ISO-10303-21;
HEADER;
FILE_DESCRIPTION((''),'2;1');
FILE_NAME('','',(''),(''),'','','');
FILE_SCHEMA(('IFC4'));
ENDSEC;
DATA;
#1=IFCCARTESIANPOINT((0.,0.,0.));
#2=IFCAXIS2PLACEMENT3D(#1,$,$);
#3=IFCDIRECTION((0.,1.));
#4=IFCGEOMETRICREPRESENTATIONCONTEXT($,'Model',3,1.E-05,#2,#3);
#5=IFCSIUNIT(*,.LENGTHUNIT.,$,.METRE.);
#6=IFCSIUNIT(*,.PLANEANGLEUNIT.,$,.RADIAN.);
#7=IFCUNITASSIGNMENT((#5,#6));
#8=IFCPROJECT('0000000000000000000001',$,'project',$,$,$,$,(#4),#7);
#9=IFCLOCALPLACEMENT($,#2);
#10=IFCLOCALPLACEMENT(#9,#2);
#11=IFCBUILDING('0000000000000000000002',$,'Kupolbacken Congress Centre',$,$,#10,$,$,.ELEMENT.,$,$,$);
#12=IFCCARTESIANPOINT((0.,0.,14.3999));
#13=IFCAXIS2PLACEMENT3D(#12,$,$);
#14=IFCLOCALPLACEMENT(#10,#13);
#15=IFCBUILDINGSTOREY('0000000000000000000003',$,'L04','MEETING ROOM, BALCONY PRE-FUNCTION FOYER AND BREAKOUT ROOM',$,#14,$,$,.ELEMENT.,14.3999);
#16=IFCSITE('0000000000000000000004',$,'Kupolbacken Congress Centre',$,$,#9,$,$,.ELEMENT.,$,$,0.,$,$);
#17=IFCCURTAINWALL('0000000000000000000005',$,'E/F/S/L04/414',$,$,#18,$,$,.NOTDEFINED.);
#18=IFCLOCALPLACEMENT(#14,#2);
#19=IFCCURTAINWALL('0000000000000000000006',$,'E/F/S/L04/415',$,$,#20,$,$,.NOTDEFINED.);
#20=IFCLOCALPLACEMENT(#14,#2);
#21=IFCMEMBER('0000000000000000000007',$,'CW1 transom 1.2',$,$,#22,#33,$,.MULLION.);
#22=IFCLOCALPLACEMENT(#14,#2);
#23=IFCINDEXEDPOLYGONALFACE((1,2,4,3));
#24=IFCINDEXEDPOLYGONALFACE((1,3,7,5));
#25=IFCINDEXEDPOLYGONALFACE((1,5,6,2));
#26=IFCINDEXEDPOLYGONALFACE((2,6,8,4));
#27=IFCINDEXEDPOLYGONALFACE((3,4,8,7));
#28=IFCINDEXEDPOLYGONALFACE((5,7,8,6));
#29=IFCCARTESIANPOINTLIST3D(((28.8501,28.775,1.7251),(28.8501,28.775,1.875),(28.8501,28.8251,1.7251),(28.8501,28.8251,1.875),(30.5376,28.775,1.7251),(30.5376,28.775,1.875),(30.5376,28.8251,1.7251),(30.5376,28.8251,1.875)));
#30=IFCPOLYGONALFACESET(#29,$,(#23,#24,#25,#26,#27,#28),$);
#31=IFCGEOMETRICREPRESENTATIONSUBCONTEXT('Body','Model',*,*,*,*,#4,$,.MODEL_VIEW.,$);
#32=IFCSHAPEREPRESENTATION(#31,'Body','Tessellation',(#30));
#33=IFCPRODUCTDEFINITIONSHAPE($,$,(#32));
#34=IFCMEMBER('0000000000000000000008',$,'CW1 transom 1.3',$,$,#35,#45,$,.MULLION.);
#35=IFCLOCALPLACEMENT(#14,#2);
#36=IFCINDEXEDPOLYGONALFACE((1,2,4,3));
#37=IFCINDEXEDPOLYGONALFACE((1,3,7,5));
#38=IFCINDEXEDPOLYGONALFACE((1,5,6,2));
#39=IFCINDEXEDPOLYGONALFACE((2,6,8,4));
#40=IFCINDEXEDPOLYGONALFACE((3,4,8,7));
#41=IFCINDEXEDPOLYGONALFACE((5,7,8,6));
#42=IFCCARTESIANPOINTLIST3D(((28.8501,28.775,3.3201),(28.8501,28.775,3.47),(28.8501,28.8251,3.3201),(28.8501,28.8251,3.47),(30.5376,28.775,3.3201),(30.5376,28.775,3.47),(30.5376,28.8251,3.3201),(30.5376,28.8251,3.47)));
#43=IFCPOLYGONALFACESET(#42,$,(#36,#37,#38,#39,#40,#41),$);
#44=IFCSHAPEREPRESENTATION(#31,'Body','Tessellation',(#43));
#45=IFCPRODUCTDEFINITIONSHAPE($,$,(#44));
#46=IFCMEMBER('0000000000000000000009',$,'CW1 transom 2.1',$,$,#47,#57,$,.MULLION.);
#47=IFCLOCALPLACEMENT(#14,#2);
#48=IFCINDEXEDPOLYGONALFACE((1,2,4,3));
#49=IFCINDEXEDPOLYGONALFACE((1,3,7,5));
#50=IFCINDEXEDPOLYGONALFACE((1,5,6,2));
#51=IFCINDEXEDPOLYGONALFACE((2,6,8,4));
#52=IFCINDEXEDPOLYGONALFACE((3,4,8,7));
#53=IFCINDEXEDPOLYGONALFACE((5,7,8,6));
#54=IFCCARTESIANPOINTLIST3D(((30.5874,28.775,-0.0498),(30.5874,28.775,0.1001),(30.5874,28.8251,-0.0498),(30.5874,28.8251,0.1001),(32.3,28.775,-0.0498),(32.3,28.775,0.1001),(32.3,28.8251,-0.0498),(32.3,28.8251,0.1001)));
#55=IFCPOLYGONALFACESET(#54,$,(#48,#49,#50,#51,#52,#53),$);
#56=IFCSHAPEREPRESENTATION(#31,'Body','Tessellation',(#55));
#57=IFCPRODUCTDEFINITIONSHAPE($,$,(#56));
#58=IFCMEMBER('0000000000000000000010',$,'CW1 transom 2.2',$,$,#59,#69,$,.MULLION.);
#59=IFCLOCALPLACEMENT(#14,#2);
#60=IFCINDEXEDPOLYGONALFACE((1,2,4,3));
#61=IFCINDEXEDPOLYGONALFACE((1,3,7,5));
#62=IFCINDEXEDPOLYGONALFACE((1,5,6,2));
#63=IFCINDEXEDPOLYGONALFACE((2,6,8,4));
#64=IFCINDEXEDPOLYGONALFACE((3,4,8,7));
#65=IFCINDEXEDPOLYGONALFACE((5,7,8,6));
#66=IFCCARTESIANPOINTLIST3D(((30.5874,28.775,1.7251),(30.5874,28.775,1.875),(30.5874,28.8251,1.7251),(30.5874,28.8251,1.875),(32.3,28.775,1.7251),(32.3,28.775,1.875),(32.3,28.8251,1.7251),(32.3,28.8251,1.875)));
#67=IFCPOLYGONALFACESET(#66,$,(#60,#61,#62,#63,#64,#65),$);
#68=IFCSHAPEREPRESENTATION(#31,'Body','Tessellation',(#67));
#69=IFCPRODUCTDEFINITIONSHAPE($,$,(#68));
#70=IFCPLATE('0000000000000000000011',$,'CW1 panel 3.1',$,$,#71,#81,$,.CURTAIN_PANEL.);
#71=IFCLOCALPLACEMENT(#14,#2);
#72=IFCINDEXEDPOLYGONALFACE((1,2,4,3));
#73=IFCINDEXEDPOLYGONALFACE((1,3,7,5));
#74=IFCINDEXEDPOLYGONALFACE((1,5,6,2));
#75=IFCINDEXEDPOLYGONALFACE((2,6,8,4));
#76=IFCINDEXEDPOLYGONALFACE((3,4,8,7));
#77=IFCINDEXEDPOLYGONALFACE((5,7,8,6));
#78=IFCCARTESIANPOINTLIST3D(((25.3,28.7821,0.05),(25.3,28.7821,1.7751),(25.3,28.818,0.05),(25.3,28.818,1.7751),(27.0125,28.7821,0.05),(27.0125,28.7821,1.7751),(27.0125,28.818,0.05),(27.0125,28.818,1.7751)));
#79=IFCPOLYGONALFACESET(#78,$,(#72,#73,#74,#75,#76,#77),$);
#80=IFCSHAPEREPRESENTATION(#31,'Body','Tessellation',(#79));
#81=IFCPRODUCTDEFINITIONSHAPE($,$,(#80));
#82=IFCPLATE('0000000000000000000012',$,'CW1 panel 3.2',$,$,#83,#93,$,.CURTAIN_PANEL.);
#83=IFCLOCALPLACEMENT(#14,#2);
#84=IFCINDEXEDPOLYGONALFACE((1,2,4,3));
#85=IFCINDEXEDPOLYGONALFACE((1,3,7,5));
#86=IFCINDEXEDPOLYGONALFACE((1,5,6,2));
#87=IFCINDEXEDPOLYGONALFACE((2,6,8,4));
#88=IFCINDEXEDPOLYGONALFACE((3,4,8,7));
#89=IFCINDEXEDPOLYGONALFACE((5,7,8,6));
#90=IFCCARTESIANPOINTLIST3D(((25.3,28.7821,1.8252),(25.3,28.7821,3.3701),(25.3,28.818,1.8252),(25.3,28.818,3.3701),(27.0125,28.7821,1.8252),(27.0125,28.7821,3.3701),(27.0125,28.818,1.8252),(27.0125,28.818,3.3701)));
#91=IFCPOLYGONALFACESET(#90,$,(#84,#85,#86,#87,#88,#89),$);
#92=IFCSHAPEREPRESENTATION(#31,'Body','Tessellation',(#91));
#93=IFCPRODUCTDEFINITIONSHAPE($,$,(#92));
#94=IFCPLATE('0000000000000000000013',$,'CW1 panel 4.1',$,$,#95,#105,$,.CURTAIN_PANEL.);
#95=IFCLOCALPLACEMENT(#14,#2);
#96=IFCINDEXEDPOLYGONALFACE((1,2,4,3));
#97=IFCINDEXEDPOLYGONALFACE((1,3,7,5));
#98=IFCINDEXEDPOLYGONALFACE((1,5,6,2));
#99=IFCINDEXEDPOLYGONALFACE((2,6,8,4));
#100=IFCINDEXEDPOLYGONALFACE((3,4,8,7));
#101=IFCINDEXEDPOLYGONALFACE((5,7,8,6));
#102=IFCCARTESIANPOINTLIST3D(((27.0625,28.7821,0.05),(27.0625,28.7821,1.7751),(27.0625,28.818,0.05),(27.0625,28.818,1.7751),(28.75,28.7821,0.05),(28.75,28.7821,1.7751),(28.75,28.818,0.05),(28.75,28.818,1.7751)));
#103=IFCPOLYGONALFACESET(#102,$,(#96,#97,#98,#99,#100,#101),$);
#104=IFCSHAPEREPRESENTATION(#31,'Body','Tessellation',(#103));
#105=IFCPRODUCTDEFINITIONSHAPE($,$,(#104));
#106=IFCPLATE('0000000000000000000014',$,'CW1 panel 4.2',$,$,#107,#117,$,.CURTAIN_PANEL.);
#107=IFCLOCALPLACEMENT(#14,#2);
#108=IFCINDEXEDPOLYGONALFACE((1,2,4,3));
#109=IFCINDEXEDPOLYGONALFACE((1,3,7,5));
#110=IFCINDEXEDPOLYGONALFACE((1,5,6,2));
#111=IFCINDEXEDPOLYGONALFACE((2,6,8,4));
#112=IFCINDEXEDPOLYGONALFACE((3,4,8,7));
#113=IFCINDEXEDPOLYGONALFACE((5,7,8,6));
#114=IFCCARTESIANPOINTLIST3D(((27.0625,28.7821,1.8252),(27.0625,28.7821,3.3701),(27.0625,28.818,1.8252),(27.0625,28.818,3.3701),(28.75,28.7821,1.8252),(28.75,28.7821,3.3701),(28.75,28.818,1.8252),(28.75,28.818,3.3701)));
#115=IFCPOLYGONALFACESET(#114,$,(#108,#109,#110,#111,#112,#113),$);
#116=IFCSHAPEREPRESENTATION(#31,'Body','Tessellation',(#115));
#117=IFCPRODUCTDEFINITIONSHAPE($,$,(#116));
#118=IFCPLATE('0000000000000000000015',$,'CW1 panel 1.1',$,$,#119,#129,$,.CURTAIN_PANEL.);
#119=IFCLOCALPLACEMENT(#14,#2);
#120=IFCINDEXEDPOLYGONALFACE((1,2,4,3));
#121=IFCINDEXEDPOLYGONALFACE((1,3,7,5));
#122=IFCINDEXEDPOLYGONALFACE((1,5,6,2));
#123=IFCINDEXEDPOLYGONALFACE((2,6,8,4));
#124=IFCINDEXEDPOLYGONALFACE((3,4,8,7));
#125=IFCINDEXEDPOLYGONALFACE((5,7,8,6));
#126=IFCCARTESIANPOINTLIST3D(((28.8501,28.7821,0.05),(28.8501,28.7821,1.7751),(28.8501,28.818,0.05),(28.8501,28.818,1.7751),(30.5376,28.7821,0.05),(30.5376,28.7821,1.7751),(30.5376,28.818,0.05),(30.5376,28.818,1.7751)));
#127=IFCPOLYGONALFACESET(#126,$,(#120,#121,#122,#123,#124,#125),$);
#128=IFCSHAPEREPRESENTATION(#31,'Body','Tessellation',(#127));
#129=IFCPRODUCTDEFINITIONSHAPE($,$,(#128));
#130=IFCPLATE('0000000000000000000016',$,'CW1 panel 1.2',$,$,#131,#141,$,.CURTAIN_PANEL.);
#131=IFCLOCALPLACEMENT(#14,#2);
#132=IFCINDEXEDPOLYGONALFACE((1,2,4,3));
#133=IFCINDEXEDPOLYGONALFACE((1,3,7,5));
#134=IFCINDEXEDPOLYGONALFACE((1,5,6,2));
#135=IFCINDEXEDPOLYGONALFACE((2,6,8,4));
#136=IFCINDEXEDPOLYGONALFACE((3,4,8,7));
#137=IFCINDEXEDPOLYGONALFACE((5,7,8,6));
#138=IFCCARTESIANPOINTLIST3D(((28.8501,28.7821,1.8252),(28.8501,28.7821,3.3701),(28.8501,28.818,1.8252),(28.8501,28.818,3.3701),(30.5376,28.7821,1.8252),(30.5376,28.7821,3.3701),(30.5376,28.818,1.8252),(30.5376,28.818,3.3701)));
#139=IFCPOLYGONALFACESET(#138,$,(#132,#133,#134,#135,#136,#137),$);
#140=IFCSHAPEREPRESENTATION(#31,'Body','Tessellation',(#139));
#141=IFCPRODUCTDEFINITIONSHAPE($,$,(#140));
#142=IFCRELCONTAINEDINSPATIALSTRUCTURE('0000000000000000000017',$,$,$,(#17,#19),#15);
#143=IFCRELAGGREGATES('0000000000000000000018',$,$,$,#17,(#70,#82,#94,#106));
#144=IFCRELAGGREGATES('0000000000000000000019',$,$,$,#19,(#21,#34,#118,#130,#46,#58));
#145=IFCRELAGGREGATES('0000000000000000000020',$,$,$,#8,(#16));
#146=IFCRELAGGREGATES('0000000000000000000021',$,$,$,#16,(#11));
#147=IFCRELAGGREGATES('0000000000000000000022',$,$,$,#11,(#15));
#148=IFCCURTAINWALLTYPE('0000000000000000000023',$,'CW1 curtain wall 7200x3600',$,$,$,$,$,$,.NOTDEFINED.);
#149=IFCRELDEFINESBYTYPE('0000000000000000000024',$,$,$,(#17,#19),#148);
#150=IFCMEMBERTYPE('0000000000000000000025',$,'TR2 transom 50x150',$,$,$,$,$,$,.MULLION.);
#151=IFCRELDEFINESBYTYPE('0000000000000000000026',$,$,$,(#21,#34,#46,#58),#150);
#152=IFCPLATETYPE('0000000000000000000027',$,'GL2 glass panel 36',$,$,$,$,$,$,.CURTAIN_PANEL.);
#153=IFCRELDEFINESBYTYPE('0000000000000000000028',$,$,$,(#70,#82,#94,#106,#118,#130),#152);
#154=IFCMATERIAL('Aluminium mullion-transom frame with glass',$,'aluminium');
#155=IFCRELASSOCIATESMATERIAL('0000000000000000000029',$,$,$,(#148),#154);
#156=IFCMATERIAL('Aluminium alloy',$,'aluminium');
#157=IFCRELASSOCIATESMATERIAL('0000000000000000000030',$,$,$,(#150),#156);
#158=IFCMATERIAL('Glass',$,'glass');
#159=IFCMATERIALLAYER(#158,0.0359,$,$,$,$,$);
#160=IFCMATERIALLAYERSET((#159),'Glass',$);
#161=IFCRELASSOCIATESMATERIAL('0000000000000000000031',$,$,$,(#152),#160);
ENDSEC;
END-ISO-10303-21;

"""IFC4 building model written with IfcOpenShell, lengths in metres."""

from ifc_helpers import new_model, si_unit, direction, frame, origin, origin_2d, place, context, subcontext, project, spatial, rectangle, extrude, material, layer, layer_set, material_profile, profile_set, type_object, element, aggregate, save


model = new_model("IFC4")

# Units and contexts
model_context = context("Model", 3, precision=1e-05, world=origin(), true_north=direction((0.0, 1.0)))
body_context = subcontext(model_context, "Body", "Model", "MODEL_VIEW")
ifc_project = project(units=[si_unit("LENGTHUNIT", "METRE"), si_unit("PLANEANGLEUNIT", "RADIAN")], contexts=[model_context])

# Site, building, storey
site_placement = place(None, origin())
site = spatial("IfcSite", under=ifc_project, at=site_placement, Name="Kupolbacken Congress Centre", CompositionType="ELEMENT", RefElevation=0.0)
building_placement = place(site_placement, origin())
building = spatial("IfcBuilding", under=site, at=building_placement, Name="Kupolbacken Congress Centre", CompositionType="ELEMENT")
storey_placement = place(building_placement, frame((0.0, 0.0, 14.3999)))
storey = spatial("IfcBuildingStorey", under=building, at=storey_placement, Name="L04", Description="MEETING ROOM, BALCONY PRE-FUNCTION FOYER AND BREAKOUT ROOM", CompositionType="ELEMENT", Elevation=14.3999)

# Curtain walls
ifc_material_1 = material(Name="Aluminium mullion-transom frame with glass", Category="aluminium")
curtain_wall_type = type_object("IfcCurtainWallType", Name="CW1 curtain wall 7200x3600", PredefinedType="NOTDEFINED", material=ifc_material_1)
curtain_wall_1_placement = place(storey_placement, origin())
curtain_wall_1 = element("IfcCurtainWall", 1, at=curtain_wall_1_placement, inside=storey, type_object=curtain_wall_type, Name="E/F/S/L04/414", PredefinedType="NOTDEFINED")
curtain_wall_2_placement = place(storey_placement, origin())
curtain_wall_2 = element("IfcCurtainWall", 2, at=curtain_wall_2_placement, inside=storey, type_object=curtain_wall_type, Name="E/F/S/L04/415", PredefinedType="NOTDEFINED")

# Members
ifc_material_2 = material(Name="Aluminium alloy", Category="aluminium")
ifc_material_profile_1 = material_profile(ifc_material_2, rectangle(XDim=0.05, YDim=0.1499, at=origin_2d()), Name="50 x 150")
ifc_profile_set_1 = profile_set([ifc_material_profile_1], Name="Aluminium alloy")
member_type_1 = type_object("IfcMemberType", Name="TR2 transom 50x150", PredefinedType="MULLION", material=ifc_profile_set_1)
member_1_placement = place(storey_placement, frame((28.8501, 28.8, 1.8), z_axis=(1.0, 0.0, 0.0), x_axis=(0.0, 1.0, 0.0)))
member_1 = element("IfcMember", 3, at=member_1_placement, type_object=member_type_1, Name="CW1 transom 1.2", PredefinedType="MULLION", context=body_context, shape_type="SweptSolid", body=[
    extrude(rectangle(XDim=0.05, YDim=0.1499, at=origin_2d()), origin(), (0.0, 0.0, 1.0), 1.6875),
])
member_2_placement = place(storey_placement, frame((28.8501, 28.8, 3.395), z_axis=(1.0, 0.0, 0.0), x_axis=(0.0, 1.0, 0.0)))
member_2 = element("IfcMember", 4, at=member_2_placement, type_object=member_type_1, Name="CW1 transom 1.3", PredefinedType="MULLION", context=body_context, shape_type="SweptSolid", body=[
    extrude(rectangle(XDim=0.05, YDim=0.1499, at=origin_2d()), origin(), (0.0, 0.0, 1.0), 1.6875),
])
member_3_placement = place(storey_placement, frame((30.5874, 28.8, 0.0251), z_axis=(1.0, 0.0, 0.0), x_axis=(0.0, 1.0, 0.0)))
member_3 = element("IfcMember", 5, at=member_3_placement, type_object=member_type_1, Name="CW1 transom 2.1", PredefinedType="MULLION", context=body_context, shape_type="SweptSolid", body=[
    extrude(rectangle(XDim=0.05, YDim=0.1499, at=origin_2d()), origin(), (0.0, 0.0, 1.0), 1.7126),
])
member_4_placement = place(storey_placement, frame((30.5874, 28.8, 1.8), z_axis=(1.0, 0.0, 0.0), x_axis=(0.0, 1.0, 0.0)))
member_4 = element("IfcMember", 6, at=member_4_placement, type_object=member_type_1, Name="CW1 transom 2.2", PredefinedType="MULLION", context=body_context, shape_type="SweptSolid", body=[
    extrude(rectangle(XDim=0.05, YDim=0.1499, at=origin_2d()), origin(), (0.0, 0.0, 1.0), 1.7126),
])

# Plates
ifc_material_3 = material(Name="Glass", Category="glass")
ifc_layer = layer(ifc_material_3, 0.0359)
ifc_layer_set = layer_set([ifc_layer], Name="Glass")
plate_type = type_object("IfcPlateType", Name="GL2 glass panel 36", PredefinedType="CURTAIN_PANEL", material=ifc_layer_set)
plate_1_placement = place(storey_placement, frame((26.1562, 28.8, 0.05), z_axis=(0.0, 0.0, 1.0), x_axis=(1.0, 0.0, 0.0)))
plate_1 = element("IfcPlate", 7, at=plate_1_placement, type_object=plate_type, Name="CW1 panel 3.1", PredefinedType="CURTAIN_PANEL", context=body_context, shape_type="SweptSolid", body=[
    extrude(rectangle(XDim=1.7124, YDim=0.0359, at=origin_2d()), origin(), (0.0, 0.0, 1.0), 1.7251),
])
plate_2_placement = place(storey_placement, frame((26.1562, 28.8, 1.8252), z_axis=(0.0, 0.0, 1.0), x_axis=(1.0, 0.0, 0.0)))
plate_2 = element("IfcPlate", 8, at=plate_2_placement, type_object=plate_type, Name="CW1 panel 3.2", PredefinedType="CURTAIN_PANEL", context=body_context, shape_type="SweptSolid", body=[
    extrude(rectangle(XDim=1.7124, YDim=0.0359, at=origin_2d()), origin(), (0.0, 0.0, 1.0), 1.5449),
])
plate_3_placement = place(storey_placement, frame((27.9062, 28.8, 0.05), z_axis=(0.0, 0.0, 1.0), x_axis=(1.0, 0.0, 0.0)))
plate_3 = element("IfcPlate", 9, at=plate_3_placement, type_object=plate_type, Name="CW1 panel 4.1", PredefinedType="CURTAIN_PANEL", context=body_context, shape_type="SweptSolid", body=[
    extrude(rectangle(XDim=1.6875, YDim=0.0359, at=origin_2d()), origin(), (0.0, 0.0, 1.0), 1.7251),
])
plate_4_placement = place(storey_placement, frame((27.9062, 28.8, 1.8252), z_axis=(0.0, 0.0, 1.0), x_axis=(1.0, 0.0, 0.0)))
plate_4 = element("IfcPlate", 10, at=plate_4_placement, type_object=plate_type, Name="CW1 panel 4.2", PredefinedType="CURTAIN_PANEL", context=body_context, shape_type="SweptSolid", body=[
    extrude(rectangle(XDim=1.6875, YDim=0.0359, at=origin_2d()), origin(), (0.0, 0.0, 1.0), 1.5449),
])
aggregate(curtain_wall_1, [plate_1, plate_2, plate_3, plate_4])
plate_5_placement = place(storey_placement, frame((29.6938, 28.8, 0.05), z_axis=(0.0, 0.0, 1.0), x_axis=(1.0, 0.0, 0.0)))
plate_5 = element("IfcPlate", 11, at=plate_5_placement, type_object=plate_type, Name="CW1 panel 1.1", PredefinedType="CURTAIN_PANEL", context=body_context, shape_type="SweptSolid", body=[
    extrude(rectangle(XDim=1.6875, YDim=0.0359, at=origin_2d()), origin(), (0.0, 0.0, 1.0), 1.7251),
])
plate_6_placement = place(storey_placement, frame((29.6938, 28.8, 1.8252), z_axis=(0.0, 0.0, 1.0), x_axis=(1.0, 0.0, 0.0)))
plate_6 = element("IfcPlate", 12, at=plate_6_placement, type_object=plate_type, Name="CW1 panel 1.2", PredefinedType="CURTAIN_PANEL", context=body_context, shape_type="SweptSolid", body=[
    extrude(rectangle(XDim=1.6875, YDim=0.0359, at=origin_2d()), origin(), (0.0, 0.0, 1.0), 1.5449),
])
aggregate(curtain_wall_2, [member_1, member_2, plate_5, plate_6, member_3, member_4])

save(model, "model.ifc")
